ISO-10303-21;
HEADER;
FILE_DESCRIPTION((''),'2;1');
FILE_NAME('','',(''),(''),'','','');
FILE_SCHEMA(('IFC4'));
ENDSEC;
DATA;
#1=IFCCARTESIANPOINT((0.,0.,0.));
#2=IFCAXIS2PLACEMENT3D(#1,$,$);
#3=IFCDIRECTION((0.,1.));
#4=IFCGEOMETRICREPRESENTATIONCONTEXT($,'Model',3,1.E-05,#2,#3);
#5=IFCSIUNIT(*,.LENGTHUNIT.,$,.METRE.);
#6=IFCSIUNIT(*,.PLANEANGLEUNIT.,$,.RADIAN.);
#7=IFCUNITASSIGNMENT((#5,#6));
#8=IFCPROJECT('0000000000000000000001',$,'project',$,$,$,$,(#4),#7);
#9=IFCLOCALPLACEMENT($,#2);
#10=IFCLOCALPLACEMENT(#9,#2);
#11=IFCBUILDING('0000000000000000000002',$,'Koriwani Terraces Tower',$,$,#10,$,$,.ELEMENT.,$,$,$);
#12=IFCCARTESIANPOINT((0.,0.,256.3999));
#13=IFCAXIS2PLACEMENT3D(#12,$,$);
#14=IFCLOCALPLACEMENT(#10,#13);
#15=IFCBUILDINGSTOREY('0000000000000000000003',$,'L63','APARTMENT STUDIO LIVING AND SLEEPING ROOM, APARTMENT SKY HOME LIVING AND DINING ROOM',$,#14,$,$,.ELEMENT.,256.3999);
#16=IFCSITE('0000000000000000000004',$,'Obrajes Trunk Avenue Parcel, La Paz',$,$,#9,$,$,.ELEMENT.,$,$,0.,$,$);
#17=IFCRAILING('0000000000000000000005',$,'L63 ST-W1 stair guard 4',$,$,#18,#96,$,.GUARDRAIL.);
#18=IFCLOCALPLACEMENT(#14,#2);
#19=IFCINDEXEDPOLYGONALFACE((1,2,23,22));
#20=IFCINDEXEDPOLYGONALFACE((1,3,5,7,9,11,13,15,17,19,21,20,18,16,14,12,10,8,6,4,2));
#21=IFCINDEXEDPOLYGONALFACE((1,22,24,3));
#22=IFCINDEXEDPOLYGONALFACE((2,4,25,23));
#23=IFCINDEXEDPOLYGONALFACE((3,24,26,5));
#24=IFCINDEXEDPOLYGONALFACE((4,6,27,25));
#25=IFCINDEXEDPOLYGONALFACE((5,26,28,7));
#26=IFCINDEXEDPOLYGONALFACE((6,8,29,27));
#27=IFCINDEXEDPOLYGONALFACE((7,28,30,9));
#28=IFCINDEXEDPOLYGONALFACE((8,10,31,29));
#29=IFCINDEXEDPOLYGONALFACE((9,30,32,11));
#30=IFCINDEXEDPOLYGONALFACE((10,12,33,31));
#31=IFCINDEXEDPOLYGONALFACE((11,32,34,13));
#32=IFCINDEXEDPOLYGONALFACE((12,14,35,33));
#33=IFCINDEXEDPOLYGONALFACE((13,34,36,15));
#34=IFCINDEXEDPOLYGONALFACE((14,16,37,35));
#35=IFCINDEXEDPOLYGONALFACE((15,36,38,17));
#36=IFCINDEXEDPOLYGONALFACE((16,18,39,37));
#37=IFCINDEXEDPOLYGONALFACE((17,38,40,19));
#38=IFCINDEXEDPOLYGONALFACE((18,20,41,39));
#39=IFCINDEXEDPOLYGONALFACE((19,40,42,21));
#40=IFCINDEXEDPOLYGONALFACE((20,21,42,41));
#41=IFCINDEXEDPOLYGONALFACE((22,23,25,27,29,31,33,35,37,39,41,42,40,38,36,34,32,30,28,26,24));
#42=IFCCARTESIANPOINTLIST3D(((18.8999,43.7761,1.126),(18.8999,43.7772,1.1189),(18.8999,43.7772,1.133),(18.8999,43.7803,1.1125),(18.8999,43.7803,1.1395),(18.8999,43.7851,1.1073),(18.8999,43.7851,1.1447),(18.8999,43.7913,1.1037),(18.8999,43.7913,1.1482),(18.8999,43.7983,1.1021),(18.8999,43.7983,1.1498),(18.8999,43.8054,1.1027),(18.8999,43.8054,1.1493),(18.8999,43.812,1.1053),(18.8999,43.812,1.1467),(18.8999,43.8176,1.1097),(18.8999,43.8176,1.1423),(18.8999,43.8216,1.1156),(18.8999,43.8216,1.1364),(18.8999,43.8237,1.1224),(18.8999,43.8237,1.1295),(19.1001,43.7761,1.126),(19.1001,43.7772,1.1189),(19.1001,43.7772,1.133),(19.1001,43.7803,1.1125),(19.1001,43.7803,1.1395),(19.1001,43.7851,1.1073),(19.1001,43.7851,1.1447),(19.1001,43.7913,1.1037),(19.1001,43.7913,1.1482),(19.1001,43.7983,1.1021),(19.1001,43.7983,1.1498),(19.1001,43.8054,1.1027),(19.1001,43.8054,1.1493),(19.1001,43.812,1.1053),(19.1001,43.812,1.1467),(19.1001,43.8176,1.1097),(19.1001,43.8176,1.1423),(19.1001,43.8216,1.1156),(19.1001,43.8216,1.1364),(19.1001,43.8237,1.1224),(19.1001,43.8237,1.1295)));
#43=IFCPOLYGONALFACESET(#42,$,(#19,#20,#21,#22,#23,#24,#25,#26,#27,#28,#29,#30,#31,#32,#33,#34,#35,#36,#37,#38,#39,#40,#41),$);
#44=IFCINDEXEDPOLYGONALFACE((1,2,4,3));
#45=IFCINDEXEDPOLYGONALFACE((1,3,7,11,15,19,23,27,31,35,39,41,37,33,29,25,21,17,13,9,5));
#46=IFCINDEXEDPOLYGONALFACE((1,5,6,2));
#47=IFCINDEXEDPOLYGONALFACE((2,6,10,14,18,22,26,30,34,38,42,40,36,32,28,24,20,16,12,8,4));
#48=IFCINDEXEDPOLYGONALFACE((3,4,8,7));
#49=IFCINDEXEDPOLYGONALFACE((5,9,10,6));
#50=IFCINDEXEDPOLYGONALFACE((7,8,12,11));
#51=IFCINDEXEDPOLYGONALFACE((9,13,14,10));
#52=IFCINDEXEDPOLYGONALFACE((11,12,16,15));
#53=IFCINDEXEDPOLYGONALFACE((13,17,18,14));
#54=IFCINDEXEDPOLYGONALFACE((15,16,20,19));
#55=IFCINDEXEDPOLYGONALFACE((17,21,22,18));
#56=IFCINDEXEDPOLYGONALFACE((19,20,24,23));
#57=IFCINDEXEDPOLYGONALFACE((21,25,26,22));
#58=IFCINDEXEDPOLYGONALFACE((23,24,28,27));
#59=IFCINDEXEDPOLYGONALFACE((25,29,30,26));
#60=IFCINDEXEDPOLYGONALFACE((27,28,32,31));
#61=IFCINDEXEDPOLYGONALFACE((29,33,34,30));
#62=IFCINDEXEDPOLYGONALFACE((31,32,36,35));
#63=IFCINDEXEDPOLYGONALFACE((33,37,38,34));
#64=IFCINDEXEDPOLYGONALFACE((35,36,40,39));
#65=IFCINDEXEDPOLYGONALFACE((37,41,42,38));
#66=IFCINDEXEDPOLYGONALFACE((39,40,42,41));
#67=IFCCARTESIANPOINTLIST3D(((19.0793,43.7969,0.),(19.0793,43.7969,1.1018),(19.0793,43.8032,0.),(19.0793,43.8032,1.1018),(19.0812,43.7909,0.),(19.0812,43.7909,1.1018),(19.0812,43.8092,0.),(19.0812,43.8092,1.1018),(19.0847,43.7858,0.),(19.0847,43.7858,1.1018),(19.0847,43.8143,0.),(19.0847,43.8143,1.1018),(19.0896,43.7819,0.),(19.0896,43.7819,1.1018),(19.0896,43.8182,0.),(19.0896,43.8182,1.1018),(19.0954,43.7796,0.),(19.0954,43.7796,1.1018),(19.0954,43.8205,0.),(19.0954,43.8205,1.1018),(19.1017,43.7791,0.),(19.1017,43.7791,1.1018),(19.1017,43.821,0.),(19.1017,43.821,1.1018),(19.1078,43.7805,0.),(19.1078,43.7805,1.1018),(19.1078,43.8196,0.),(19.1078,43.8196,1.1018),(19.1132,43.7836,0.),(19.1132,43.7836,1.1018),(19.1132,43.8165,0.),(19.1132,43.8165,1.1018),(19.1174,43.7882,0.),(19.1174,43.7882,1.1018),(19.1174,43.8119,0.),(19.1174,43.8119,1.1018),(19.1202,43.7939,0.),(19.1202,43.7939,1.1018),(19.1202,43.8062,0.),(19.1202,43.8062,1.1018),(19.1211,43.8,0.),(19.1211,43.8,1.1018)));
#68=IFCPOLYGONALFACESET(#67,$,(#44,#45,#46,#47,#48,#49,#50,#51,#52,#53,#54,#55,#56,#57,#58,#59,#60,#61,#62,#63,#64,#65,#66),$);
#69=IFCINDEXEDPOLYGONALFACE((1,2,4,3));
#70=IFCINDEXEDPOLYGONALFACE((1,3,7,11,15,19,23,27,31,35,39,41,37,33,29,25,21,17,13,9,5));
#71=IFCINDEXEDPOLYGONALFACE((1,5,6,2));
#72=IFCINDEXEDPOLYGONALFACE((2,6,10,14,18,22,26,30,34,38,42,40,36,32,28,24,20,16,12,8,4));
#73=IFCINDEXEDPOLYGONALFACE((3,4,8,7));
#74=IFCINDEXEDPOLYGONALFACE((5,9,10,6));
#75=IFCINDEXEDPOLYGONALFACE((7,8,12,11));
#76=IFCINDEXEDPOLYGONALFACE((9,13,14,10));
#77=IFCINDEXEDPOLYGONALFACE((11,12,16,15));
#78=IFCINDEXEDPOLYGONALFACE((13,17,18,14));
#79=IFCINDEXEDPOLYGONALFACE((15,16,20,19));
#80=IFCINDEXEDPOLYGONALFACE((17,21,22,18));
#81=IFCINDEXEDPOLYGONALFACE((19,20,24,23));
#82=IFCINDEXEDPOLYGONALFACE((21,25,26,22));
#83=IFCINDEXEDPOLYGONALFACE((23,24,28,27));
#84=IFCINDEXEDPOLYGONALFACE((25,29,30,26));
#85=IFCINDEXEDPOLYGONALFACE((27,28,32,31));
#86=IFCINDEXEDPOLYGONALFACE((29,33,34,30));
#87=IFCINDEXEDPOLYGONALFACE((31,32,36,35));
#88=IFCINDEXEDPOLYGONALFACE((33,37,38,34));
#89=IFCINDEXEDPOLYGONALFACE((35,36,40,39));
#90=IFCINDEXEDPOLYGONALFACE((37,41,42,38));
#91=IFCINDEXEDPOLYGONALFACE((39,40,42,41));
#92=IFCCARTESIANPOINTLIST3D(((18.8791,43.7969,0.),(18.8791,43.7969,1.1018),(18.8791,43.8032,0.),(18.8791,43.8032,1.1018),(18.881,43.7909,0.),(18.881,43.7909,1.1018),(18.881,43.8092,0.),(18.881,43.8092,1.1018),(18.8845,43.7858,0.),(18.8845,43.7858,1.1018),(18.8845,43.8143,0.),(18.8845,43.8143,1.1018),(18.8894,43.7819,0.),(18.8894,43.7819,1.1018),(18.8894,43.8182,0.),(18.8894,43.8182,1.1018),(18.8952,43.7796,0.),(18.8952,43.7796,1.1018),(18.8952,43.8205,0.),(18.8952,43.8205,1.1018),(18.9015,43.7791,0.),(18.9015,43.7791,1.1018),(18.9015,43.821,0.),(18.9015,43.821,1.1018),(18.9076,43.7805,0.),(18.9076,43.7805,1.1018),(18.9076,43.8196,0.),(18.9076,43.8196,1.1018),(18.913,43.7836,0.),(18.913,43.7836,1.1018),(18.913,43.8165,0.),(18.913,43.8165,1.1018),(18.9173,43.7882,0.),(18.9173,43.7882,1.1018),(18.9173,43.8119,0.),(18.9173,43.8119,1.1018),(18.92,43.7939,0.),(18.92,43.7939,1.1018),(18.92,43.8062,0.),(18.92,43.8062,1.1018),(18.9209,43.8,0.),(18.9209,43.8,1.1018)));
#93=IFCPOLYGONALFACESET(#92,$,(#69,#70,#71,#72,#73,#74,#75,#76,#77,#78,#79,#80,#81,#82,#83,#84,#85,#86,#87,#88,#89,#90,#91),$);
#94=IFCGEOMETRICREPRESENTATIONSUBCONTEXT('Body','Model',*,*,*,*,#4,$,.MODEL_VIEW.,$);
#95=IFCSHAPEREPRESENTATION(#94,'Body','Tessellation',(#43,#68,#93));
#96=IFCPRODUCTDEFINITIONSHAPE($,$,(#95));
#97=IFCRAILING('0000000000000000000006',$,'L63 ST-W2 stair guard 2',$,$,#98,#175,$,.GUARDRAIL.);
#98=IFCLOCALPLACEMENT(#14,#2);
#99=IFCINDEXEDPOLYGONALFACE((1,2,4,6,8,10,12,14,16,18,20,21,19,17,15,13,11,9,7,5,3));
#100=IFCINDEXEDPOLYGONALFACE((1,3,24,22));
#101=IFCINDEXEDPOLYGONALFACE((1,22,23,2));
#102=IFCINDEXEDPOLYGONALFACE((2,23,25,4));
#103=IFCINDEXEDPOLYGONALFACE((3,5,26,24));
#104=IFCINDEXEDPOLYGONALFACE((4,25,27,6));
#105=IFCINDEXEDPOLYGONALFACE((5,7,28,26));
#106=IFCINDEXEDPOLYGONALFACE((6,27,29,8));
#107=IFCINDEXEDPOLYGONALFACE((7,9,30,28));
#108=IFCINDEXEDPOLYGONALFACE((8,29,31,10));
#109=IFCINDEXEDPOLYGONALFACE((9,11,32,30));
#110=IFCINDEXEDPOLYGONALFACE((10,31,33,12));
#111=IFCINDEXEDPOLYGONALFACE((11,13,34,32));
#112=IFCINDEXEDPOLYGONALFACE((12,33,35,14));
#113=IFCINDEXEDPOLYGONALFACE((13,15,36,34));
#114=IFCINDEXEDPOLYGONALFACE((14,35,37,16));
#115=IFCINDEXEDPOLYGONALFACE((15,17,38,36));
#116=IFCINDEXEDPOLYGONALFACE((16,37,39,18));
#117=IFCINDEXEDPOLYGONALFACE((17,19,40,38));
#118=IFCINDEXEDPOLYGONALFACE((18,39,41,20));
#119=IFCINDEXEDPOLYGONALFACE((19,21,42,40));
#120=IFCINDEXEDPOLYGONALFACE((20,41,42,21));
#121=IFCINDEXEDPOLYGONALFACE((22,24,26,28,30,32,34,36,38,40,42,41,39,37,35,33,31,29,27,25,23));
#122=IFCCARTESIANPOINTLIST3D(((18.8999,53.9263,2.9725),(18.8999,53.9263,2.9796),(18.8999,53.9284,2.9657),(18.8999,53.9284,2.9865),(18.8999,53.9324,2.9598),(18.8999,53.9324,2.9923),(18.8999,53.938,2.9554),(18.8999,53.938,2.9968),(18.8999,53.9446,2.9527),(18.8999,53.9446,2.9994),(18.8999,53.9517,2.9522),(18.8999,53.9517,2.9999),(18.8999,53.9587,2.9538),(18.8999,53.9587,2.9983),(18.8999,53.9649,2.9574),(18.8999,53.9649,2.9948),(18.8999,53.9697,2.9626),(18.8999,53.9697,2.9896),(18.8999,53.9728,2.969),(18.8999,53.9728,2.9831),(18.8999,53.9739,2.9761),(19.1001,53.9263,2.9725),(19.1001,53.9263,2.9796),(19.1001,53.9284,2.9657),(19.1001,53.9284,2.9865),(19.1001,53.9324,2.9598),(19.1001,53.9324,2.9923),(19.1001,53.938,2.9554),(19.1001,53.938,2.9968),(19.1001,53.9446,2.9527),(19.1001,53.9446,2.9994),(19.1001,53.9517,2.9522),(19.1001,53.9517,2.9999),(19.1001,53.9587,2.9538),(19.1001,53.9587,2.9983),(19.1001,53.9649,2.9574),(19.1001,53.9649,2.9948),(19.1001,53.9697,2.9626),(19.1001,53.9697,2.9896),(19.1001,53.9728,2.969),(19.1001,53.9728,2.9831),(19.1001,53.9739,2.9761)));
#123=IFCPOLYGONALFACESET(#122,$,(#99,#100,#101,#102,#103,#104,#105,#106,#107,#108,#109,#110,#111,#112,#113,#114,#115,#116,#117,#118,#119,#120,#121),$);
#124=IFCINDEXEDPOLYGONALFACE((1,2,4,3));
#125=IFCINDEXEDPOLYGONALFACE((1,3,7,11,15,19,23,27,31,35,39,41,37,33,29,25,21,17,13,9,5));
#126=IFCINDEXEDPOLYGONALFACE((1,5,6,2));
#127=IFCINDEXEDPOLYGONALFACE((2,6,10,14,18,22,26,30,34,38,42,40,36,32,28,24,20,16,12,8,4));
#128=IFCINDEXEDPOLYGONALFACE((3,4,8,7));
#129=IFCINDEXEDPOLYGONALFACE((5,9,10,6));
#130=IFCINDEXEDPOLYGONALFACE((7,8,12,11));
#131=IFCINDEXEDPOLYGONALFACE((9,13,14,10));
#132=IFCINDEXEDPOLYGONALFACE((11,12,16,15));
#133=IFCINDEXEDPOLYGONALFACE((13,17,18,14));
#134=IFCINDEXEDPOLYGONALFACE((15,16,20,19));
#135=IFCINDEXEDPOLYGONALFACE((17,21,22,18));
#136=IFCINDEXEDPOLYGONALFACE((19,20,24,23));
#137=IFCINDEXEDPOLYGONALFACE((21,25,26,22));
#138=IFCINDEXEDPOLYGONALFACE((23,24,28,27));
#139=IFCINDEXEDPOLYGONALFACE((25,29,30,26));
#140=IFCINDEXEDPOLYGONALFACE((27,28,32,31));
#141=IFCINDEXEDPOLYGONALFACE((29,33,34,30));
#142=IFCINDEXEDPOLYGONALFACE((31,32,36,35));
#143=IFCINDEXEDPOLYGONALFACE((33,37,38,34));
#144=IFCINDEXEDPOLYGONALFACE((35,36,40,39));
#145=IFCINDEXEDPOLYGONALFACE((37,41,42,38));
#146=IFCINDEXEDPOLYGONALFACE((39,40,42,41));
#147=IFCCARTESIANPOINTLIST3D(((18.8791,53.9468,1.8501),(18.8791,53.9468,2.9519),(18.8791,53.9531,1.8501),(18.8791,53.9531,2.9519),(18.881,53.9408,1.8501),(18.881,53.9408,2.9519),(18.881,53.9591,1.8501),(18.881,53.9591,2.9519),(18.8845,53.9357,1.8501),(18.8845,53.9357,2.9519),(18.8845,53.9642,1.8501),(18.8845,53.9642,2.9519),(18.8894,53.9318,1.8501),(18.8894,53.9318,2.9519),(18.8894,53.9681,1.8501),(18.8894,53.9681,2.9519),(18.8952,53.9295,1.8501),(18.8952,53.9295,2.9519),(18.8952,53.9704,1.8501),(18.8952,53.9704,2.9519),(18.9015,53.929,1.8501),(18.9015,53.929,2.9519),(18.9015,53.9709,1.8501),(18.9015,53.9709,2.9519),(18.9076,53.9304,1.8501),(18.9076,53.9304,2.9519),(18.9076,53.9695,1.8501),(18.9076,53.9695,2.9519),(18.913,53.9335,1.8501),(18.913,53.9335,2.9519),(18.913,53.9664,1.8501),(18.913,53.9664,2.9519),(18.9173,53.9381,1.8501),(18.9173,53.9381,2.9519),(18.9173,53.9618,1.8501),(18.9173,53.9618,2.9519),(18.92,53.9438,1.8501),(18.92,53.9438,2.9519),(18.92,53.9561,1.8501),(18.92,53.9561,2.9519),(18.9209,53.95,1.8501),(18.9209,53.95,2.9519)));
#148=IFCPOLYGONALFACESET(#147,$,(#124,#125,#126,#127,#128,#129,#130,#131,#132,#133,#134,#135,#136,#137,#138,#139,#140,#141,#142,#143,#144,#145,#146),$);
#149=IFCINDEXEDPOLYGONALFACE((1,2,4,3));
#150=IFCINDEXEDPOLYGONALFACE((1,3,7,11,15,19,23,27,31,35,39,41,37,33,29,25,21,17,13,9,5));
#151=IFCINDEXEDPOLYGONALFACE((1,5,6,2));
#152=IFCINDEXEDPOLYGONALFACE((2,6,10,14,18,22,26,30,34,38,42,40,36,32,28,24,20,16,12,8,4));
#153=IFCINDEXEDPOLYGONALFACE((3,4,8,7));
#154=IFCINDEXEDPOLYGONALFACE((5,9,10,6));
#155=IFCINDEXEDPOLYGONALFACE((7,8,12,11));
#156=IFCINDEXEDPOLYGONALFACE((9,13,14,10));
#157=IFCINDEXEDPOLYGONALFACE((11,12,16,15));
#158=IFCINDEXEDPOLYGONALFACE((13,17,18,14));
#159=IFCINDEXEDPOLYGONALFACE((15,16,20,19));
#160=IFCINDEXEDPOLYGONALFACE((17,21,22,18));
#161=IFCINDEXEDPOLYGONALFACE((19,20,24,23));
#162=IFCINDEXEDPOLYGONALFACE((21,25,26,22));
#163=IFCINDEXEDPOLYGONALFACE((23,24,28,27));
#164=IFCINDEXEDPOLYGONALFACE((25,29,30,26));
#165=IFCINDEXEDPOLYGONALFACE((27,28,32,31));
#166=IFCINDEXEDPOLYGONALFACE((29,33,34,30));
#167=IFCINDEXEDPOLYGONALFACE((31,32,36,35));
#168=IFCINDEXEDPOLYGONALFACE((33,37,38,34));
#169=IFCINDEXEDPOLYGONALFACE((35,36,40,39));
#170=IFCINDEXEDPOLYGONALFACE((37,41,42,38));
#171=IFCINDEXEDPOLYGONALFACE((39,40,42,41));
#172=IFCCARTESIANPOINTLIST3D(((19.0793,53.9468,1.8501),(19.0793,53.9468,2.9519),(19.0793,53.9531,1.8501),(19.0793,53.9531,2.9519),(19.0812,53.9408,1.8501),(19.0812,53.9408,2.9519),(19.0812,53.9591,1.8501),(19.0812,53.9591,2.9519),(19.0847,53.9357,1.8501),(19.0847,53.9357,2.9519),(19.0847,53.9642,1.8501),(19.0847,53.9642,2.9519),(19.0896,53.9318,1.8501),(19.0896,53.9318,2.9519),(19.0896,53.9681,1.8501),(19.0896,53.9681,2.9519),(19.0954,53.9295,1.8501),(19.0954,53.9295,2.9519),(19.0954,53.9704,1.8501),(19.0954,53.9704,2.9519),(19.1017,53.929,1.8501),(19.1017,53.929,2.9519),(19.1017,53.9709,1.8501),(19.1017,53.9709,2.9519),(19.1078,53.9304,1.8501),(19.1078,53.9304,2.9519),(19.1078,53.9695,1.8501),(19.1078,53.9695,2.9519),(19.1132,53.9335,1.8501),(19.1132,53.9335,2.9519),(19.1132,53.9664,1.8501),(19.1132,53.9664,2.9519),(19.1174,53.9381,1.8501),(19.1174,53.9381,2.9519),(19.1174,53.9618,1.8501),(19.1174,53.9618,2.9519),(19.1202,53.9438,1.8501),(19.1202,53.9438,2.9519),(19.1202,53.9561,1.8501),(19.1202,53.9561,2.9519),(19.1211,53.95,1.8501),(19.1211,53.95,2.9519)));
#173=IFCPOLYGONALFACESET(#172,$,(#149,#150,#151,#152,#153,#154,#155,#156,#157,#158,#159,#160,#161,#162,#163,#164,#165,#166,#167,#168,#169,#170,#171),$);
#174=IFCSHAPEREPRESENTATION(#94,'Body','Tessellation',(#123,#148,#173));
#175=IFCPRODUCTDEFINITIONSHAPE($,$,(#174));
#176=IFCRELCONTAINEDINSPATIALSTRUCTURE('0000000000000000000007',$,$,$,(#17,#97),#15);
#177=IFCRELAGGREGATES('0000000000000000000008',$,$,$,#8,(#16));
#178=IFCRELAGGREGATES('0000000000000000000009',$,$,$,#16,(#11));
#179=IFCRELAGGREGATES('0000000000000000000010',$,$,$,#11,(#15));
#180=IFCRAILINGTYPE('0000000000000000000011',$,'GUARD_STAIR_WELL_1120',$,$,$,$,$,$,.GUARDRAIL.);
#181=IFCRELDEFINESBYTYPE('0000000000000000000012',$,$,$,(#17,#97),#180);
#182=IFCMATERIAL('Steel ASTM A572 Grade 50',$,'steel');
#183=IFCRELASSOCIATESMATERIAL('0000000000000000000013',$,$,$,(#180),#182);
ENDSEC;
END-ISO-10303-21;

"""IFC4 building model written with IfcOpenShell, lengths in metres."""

from ifc_helpers import new_model, si_unit, direction, frame, origin, origin_2d, place, context, subcontext, project, spatial, circle, extrude, material, type_object, element, save


model = new_model("IFC4")

# Units and contexts
model_context = context("Model", 3, precision=1e-05, world=origin(), true_north=direction((0.0, 1.0)))
body_context = subcontext(model_context, "Body", "Model", "MODEL_VIEW")
ifc_project = project(units=[si_unit("LENGTHUNIT", "METRE"), si_unit("PLANEANGLEUNIT", "RADIAN")], contexts=[model_context])

# Site, building, storey
site_placement = place(None, origin())
site = spatial("IfcSite", under=ifc_project, at=site_placement, Name="Obrajes Trunk Avenue Parcel, La Paz", CompositionType="ELEMENT", RefElevation=0.0)
building_placement = place(site_placement, origin())
building = spatial("IfcBuilding", under=site, at=building_placement, Name="Koriwani Terraces Tower", CompositionType="ELEMENT")
storey_placement = place(building_placement, frame((0.0, 0.0, 256.3999)))
storey = spatial("IfcBuildingStorey", under=building, at=storey_placement, Name="L63", Description="APARTMENT STUDIO LIVING AND SLEEPING ROOM, APARTMENT SKY HOME LIVING AND DINING ROOM", CompositionType="ELEMENT", Elevation=256.3999)

# Shared definitions
ifc_material_1 = material(Name="Steel ASTM A572 Grade 50", Category="steel")

# Railings
railing_type_1 = type_object("IfcRailingType", Name="GUARD_STAIR_WELL_1120", PredefinedType="GUARDRAIL", material=ifc_material_1)
railing_1_placement = place(storey_placement, frame((19.1001, 43.8, 0.0)))
element("IfcRailing", 1, at=railing_1_placement, inside=storey, type_object=railing_type_1, Name="L63 ST-W1 stair guard 4", PredefinedType="GUARDRAIL", context=body_context, shape_type="SweptSolid", body=[
    extrude(circle(Radius=0.0239, at=origin_2d()), frame((0.0, 0.0, 1.126), z_axis=(-1.0, 0.0, 0.0), x_axis=(0.0, -1.0, 0.0)), (0.0, 0.0, 1.0), 0.2002),
    extrude(circle(Radius=0.021, at=origin_2d()), origin(), (0.0, 0.0, 1.0), 1.1018),
    extrude(circle(Radius=0.021, at=origin_2d()), frame((-0.2002, 0.0, 0.0)), (0.0, 0.0, 1.0), 1.1018),
])
railing_2_placement = place(storey_placement, frame((18.8999, 53.95, 1.8501)))
element("IfcRailing", 2, at=railing_2_placement, inside=storey, type_object=railing_type_1, Name="L63 ST-W2 stair guard 2", PredefinedType="GUARDRAIL", context=body_context, shape_type="SweptSolid", body=[
    extrude(circle(Radius=0.0239, at=origin_2d()), frame((0.0, 0.0, 1.126), z_axis=(1.0, 0.0, 0.0), x_axis=(0.0, 1.0, 0.0)), (0.0, 0.0, 1.0), 0.2002),
    extrude(circle(Radius=0.021, at=origin_2d()), origin(), (0.0, 0.0, 1.0), 1.1018),
    extrude(circle(Radius=0.021, at=origin_2d()), frame((0.2002, 0.0, 0.0)), (0.0, 0.0, 1.0), 1.1018),
])

save(model, "model.ifc")
